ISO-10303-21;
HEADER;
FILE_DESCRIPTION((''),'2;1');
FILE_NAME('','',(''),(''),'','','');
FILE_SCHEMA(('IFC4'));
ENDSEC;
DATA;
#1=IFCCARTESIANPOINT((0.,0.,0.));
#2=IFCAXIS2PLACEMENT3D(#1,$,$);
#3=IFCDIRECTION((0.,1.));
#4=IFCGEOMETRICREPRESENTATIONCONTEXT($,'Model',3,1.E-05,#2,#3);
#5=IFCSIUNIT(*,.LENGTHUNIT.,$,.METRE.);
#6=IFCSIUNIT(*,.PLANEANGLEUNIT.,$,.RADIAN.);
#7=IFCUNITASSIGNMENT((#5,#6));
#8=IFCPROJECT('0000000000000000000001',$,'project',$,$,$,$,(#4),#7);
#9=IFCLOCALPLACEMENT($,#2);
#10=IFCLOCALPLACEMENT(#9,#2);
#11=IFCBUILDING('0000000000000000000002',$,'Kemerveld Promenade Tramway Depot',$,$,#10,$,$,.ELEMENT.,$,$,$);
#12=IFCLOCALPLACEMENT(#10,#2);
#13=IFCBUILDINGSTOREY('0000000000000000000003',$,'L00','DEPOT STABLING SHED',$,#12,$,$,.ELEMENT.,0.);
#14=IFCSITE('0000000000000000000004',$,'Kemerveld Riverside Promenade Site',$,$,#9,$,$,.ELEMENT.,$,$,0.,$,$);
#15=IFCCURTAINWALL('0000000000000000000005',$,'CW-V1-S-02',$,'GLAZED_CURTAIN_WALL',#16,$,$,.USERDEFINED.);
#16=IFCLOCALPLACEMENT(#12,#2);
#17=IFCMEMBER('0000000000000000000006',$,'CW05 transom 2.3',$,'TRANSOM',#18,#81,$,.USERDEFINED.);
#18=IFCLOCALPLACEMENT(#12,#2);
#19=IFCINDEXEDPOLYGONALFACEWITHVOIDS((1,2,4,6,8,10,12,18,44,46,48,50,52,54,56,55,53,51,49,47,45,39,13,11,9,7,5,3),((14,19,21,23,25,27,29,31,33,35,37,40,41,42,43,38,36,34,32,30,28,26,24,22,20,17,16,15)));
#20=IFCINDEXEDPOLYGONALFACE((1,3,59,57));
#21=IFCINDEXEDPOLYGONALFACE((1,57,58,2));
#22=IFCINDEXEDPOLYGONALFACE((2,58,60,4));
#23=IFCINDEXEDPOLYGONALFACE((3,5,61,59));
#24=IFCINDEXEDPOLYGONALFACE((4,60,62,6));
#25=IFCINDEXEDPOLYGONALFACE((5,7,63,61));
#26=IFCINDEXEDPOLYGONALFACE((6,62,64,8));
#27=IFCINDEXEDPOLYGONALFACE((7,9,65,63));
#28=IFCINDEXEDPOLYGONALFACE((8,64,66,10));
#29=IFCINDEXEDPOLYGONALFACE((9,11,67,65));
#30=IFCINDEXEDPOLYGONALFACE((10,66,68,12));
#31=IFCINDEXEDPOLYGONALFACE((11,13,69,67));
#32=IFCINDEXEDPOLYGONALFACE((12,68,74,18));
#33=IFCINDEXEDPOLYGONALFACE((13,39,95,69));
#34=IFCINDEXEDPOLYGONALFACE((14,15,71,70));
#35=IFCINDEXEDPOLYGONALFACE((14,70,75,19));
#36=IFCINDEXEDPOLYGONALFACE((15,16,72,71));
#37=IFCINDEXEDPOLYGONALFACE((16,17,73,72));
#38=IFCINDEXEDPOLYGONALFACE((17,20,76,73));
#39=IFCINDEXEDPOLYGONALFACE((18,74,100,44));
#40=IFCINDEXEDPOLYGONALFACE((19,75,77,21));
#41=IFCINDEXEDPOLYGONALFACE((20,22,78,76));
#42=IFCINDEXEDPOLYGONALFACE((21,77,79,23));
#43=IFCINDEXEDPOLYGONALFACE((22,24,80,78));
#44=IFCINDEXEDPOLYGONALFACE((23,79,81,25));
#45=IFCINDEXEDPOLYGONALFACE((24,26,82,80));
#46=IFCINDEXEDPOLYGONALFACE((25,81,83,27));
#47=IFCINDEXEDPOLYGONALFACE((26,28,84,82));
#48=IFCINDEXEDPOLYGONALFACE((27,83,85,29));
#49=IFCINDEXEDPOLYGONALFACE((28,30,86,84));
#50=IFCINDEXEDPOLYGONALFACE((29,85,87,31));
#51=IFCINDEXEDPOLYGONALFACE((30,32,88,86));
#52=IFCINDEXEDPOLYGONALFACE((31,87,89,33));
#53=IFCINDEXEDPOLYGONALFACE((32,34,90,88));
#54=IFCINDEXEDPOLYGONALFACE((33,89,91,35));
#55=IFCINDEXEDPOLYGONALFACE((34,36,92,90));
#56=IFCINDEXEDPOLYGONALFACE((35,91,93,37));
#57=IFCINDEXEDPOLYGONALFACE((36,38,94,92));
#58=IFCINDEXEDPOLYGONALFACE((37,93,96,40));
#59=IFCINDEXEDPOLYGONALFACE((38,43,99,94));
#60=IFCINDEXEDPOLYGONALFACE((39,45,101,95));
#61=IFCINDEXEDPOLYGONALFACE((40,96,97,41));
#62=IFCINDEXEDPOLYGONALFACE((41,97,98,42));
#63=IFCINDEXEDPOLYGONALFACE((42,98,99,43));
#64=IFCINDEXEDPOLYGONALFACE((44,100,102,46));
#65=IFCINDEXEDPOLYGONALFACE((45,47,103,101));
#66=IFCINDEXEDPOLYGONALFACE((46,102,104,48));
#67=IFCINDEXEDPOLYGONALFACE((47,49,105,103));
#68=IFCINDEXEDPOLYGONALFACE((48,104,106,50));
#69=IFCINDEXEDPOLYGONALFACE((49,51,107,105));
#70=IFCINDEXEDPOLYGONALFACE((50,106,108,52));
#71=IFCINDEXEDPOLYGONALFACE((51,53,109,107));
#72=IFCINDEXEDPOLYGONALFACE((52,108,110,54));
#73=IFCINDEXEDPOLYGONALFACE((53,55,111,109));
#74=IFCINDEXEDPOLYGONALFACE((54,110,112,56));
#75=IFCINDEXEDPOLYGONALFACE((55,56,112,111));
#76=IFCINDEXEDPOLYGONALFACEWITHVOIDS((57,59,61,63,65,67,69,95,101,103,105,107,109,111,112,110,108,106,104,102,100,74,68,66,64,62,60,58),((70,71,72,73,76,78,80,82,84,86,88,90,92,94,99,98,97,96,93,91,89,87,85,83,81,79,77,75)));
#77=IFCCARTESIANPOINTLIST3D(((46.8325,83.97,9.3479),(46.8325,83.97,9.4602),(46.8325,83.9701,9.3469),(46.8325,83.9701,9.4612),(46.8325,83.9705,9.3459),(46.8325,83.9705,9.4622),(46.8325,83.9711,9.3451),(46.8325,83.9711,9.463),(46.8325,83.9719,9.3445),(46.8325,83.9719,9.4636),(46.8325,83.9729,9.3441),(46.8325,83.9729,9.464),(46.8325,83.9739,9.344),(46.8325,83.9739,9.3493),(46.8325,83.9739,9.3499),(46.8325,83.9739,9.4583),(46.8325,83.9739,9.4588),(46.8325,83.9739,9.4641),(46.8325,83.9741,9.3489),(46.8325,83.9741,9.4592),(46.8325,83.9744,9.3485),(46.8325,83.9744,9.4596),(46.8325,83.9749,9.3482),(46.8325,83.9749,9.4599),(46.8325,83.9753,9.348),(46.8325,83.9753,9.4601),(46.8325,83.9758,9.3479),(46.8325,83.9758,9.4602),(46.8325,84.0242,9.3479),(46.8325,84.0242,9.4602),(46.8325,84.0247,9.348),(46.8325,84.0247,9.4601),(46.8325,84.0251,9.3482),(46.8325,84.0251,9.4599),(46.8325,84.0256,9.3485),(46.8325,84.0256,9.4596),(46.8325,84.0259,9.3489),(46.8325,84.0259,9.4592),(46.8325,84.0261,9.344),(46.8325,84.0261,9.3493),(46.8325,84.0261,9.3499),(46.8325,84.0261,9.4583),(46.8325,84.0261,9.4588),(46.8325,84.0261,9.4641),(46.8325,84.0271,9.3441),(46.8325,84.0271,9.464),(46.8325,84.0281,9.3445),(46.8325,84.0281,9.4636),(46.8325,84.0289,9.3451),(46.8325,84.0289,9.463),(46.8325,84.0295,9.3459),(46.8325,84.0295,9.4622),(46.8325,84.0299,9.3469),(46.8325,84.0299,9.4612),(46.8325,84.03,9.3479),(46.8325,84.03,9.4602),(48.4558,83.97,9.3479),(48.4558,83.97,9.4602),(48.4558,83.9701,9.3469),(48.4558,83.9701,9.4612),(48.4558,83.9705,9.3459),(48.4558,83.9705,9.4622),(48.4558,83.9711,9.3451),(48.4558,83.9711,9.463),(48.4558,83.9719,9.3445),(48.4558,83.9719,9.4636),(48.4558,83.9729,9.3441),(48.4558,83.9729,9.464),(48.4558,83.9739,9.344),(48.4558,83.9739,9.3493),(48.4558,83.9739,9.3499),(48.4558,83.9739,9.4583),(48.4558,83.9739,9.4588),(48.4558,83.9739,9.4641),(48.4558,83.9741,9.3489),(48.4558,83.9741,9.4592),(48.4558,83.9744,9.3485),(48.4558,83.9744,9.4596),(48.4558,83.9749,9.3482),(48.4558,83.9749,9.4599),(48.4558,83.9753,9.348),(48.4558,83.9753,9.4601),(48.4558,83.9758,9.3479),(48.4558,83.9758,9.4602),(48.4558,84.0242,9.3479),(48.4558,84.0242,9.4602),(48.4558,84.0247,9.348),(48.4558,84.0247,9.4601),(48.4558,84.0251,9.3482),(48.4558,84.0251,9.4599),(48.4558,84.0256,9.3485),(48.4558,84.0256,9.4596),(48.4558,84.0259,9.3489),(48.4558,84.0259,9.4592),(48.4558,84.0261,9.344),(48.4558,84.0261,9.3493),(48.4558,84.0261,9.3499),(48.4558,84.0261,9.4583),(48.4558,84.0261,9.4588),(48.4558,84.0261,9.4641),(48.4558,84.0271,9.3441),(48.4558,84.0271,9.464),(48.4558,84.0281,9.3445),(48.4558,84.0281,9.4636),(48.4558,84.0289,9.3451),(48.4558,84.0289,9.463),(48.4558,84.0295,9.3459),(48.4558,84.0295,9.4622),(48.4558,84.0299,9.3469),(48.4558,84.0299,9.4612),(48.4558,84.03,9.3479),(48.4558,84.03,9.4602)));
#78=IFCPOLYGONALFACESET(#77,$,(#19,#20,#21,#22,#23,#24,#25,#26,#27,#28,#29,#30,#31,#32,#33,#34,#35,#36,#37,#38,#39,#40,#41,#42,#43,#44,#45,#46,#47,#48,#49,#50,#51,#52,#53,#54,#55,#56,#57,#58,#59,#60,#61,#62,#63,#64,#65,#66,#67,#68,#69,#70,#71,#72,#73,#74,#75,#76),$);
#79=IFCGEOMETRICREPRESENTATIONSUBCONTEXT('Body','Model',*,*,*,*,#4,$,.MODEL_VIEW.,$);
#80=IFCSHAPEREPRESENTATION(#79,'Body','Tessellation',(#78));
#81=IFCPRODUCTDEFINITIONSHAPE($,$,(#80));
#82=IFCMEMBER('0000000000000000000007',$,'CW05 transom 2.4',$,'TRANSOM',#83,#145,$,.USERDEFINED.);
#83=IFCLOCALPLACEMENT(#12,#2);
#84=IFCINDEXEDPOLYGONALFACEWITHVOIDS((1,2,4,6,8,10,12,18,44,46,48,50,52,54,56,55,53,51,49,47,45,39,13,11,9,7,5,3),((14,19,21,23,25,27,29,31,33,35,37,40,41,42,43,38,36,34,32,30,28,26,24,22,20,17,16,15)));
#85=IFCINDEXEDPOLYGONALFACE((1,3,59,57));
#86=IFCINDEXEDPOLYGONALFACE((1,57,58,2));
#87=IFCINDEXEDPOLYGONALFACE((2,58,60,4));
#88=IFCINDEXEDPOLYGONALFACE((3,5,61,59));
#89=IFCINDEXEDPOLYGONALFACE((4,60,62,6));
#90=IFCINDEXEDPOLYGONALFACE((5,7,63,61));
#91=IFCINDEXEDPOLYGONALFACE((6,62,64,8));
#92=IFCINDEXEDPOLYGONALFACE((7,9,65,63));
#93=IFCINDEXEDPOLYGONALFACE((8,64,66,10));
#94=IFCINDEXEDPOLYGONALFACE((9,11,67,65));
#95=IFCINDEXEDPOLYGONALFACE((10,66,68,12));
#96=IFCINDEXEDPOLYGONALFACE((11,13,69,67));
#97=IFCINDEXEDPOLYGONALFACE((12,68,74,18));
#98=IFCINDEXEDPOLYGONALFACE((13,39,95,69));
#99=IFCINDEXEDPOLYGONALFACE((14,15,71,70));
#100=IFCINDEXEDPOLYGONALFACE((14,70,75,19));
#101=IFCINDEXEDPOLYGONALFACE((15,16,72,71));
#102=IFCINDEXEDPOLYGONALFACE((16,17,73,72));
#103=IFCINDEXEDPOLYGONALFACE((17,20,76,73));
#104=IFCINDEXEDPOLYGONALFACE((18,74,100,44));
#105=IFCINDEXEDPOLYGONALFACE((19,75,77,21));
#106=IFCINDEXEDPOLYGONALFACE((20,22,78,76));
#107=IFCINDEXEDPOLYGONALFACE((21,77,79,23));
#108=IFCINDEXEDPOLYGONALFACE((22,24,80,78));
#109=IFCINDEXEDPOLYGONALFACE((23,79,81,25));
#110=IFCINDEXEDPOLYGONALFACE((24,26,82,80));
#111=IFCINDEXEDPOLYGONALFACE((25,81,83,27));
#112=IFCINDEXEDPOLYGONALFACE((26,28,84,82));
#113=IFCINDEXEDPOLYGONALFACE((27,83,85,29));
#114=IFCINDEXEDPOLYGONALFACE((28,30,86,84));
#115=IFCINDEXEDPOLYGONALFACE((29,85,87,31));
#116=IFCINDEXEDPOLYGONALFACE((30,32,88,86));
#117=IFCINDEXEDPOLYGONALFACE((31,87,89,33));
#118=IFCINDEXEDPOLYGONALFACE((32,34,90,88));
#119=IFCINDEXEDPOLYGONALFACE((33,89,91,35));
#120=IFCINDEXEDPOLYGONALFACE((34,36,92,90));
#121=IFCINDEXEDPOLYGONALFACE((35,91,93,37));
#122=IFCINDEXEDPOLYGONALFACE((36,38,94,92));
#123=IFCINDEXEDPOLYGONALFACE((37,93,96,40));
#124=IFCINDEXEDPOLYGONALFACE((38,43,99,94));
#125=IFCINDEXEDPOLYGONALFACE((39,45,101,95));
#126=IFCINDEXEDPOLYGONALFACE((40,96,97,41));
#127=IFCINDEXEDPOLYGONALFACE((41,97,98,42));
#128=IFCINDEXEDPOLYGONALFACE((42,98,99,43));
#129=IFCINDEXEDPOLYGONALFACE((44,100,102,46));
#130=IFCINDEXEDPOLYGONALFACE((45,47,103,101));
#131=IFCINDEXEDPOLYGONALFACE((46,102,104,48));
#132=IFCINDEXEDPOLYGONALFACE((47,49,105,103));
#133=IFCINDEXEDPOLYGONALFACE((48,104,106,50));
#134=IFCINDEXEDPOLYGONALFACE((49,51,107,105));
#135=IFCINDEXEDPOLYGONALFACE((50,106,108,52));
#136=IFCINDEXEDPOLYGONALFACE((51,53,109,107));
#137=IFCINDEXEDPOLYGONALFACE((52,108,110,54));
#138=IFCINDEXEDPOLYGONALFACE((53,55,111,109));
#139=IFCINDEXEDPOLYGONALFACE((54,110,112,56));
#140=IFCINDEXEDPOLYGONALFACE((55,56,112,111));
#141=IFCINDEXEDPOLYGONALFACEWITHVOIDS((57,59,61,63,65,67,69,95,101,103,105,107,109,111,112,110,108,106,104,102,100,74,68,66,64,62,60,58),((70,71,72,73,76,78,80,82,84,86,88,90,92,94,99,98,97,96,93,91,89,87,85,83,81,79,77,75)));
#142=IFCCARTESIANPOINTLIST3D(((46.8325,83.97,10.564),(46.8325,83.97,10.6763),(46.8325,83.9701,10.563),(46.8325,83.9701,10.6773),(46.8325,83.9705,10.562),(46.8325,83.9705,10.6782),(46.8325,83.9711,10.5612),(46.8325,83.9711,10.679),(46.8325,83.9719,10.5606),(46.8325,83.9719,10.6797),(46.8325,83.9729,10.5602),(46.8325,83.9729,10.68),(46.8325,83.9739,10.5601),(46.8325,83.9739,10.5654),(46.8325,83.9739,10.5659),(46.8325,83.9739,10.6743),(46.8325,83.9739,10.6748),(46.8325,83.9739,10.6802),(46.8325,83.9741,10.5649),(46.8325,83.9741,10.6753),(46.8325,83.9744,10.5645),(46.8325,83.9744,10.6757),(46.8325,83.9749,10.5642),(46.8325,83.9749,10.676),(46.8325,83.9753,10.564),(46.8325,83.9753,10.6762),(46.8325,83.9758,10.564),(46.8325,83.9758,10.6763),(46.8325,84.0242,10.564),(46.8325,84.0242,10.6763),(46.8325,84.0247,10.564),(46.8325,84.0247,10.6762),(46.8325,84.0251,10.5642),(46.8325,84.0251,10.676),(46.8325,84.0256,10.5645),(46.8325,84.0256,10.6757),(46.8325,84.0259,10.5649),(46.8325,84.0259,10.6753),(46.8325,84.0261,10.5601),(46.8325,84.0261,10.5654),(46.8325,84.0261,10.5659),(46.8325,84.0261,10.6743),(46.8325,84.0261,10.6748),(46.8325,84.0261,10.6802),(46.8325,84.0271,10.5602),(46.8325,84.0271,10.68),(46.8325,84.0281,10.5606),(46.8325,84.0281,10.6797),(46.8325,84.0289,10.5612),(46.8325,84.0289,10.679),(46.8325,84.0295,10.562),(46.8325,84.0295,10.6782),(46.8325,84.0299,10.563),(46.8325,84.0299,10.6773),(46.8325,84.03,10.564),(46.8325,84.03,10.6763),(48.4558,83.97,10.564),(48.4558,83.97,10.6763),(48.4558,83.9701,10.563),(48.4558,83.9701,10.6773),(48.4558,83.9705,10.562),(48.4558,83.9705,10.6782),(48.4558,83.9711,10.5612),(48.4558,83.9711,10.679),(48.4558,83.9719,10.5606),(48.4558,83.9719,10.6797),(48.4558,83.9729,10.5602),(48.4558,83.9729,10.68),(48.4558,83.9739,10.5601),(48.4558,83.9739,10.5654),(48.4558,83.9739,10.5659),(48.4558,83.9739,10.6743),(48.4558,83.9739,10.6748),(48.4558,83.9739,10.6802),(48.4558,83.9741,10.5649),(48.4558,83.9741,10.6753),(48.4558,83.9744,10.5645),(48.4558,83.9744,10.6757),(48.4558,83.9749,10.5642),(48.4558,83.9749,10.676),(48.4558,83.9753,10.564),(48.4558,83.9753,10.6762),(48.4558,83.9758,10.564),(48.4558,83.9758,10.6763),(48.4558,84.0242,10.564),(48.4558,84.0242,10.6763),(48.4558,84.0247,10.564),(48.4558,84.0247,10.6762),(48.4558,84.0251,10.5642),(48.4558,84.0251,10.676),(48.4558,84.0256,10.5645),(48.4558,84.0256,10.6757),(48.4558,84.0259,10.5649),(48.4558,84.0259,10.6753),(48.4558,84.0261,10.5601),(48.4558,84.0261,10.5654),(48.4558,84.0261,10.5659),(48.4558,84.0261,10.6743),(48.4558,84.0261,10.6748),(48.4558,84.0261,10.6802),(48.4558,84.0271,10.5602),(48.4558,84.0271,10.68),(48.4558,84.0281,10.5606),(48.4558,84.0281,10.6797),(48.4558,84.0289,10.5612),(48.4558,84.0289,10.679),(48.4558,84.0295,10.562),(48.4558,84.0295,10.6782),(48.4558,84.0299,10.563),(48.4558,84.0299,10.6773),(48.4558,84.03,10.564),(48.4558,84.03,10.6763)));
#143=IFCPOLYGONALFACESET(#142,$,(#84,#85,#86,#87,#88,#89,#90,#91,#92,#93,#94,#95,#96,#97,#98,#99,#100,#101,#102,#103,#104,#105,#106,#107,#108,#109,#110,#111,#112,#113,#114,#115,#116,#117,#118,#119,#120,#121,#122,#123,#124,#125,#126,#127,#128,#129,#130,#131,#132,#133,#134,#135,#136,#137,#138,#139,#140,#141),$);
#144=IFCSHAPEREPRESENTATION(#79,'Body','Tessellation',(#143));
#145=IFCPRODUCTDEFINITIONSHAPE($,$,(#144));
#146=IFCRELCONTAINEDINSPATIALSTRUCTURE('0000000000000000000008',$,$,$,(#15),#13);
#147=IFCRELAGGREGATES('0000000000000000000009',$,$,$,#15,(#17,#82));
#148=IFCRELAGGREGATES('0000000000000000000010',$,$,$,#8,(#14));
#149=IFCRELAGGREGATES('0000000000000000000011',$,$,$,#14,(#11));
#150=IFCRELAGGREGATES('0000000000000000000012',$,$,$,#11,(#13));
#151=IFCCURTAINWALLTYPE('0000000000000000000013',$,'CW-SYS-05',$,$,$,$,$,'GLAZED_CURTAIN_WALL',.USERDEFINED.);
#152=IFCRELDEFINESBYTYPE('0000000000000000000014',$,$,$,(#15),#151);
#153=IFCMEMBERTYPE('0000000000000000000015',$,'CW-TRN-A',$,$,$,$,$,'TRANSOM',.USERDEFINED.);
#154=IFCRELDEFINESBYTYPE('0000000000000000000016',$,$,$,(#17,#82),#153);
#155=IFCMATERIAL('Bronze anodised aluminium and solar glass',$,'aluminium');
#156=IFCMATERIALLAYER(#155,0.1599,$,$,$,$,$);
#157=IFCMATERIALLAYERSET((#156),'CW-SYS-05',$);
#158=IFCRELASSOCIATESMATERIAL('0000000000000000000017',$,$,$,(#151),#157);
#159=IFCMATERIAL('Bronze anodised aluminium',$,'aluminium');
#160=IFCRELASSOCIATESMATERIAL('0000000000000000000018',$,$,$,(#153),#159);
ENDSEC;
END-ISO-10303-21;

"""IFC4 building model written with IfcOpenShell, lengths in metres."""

from ifc_helpers import new_model, si_unit, direction, frame, origin, origin_2d, place, context, subcontext, project, spatial, hollow_rectangle, extrude, material, layer, layer_set, material_profile, profile_set, type_object, element, aggregate, save


model = new_model("IFC4")

# Units and contexts
model_context = context("Model", 3, precision=1e-05, world=origin(), true_north=direction((0.0, 1.0)))
body_context = subcontext(model_context, "Body", "Model", "MODEL_VIEW")
ifc_project = project(units=[si_unit("LENGTHUNIT", "METRE"), si_unit("PLANEANGLEUNIT", "RADIAN")], contexts=[model_context])

# Site, building, storey
site_placement = place(None, origin())
site = spatial("IfcSite", under=ifc_project, at=site_placement, Name="Kemerveld Riverside Promenade Site", CompositionType="ELEMENT", RefElevation=0.0)
building_placement = place(site_placement, origin())
building = spatial("IfcBuilding", under=site, at=building_placement, Name="Kemerveld Promenade Tramway Depot", CompositionType="ELEMENT")
storey_placement = place(building_placement, origin())
storey = spatial("IfcBuildingStorey", under=building, at=storey_placement, Name="L00", Description="DEPOT STABLING SHED", CompositionType="ELEMENT", Elevation=0.0)

# Curtain wall, members
ifc_material_1 = material(Name="Bronze anodised aluminium and solar glass", Category="aluminium")
ifc_layer_1 = layer(ifc_material_1, 0.1599)
ifc_layer_set_1 = layer_set([ifc_layer_1], Name="CW-SYS-05")
curtain_wall_type_1 = type_object("IfcCurtainWallType", Name="CW-SYS-05", ElementType="GLAZED_CURTAIN_WALL", PredefinedType="USERDEFINED", material=ifc_layer_set_1)
curtain_wall_1_placement = place(storey_placement, origin())
curtain_wall_1 = element("IfcCurtainWall", 1, at=curtain_wall_1_placement, inside=storey, type_object=curtain_wall_type_1, Name="CW-V1-S-02", ObjectType="GLAZED_CURTAIN_WALL", PredefinedType="USERDEFINED")
ifc_material_2 = material(Name="Bronze anodised aluminium", Category="aluminium")
ifc_material_profile_1 = material_profile(ifc_material_2, hollow_rectangle(XDim=0.0601, YDim=0.1201, WallThickness=0.0039, InnerFilletRadius=0.002, OuterFilletRadius=0.0039, at=origin_2d()), Name="CW-TRN-120x60")
ifc_profile_set_1 = profile_set([ifc_material_profile_1], Name="Bronze anodised aluminium")
member_type_1 = type_object("IfcMemberType", Name="CW-TRN-A", ElementType="TRANSOM", PredefinedType="USERDEFINED", material=ifc_profile_set_1)
member_1_placement = place(storey_placement, frame((48.4558, 84.0, 9.4041), z_axis=(-1.0, 0.0, 0.0), x_axis=(0.0, -1.0, 0.0)))
member_1 = element("IfcMember", 2, at=member_1_placement, type_object=member_type_1, Name="CW05 transom 2.3", ObjectType="TRANSOM", PredefinedType="USERDEFINED", context=body_context, shape_type="SweptSolid", body=[
    extrude(hollow_rectangle(XDim=0.0601, YDim=0.1201, WallThickness=0.0039, InnerFilletRadius=0.002, OuterFilletRadius=0.0039, at=origin_2d()), origin(), (0.0, 0.0, 1.0), 1.6233),
])
member_2_placement = place(storey_placement, frame((48.4558, 84.0, 10.6201), z_axis=(-1.0, 0.0, 0.0), x_axis=(0.0, -1.0, 0.0)))
member_2 = element("IfcMember", 3, at=member_2_placement, type_object=member_type_1, Name="CW05 transom 2.4", ObjectType="TRANSOM", PredefinedType="USERDEFINED", context=body_context, shape_type="SweptSolid", body=[
    extrude(hollow_rectangle(XDim=0.0601, YDim=0.1201, WallThickness=0.0039, InnerFilletRadius=0.002, OuterFilletRadius=0.0039, at=origin_2d()), origin(), (0.0, 0.0, 1.0), 1.6233),
])

aggregate(curtain_wall_1, [member_1, member_2])

save(model, "model.ifc")
